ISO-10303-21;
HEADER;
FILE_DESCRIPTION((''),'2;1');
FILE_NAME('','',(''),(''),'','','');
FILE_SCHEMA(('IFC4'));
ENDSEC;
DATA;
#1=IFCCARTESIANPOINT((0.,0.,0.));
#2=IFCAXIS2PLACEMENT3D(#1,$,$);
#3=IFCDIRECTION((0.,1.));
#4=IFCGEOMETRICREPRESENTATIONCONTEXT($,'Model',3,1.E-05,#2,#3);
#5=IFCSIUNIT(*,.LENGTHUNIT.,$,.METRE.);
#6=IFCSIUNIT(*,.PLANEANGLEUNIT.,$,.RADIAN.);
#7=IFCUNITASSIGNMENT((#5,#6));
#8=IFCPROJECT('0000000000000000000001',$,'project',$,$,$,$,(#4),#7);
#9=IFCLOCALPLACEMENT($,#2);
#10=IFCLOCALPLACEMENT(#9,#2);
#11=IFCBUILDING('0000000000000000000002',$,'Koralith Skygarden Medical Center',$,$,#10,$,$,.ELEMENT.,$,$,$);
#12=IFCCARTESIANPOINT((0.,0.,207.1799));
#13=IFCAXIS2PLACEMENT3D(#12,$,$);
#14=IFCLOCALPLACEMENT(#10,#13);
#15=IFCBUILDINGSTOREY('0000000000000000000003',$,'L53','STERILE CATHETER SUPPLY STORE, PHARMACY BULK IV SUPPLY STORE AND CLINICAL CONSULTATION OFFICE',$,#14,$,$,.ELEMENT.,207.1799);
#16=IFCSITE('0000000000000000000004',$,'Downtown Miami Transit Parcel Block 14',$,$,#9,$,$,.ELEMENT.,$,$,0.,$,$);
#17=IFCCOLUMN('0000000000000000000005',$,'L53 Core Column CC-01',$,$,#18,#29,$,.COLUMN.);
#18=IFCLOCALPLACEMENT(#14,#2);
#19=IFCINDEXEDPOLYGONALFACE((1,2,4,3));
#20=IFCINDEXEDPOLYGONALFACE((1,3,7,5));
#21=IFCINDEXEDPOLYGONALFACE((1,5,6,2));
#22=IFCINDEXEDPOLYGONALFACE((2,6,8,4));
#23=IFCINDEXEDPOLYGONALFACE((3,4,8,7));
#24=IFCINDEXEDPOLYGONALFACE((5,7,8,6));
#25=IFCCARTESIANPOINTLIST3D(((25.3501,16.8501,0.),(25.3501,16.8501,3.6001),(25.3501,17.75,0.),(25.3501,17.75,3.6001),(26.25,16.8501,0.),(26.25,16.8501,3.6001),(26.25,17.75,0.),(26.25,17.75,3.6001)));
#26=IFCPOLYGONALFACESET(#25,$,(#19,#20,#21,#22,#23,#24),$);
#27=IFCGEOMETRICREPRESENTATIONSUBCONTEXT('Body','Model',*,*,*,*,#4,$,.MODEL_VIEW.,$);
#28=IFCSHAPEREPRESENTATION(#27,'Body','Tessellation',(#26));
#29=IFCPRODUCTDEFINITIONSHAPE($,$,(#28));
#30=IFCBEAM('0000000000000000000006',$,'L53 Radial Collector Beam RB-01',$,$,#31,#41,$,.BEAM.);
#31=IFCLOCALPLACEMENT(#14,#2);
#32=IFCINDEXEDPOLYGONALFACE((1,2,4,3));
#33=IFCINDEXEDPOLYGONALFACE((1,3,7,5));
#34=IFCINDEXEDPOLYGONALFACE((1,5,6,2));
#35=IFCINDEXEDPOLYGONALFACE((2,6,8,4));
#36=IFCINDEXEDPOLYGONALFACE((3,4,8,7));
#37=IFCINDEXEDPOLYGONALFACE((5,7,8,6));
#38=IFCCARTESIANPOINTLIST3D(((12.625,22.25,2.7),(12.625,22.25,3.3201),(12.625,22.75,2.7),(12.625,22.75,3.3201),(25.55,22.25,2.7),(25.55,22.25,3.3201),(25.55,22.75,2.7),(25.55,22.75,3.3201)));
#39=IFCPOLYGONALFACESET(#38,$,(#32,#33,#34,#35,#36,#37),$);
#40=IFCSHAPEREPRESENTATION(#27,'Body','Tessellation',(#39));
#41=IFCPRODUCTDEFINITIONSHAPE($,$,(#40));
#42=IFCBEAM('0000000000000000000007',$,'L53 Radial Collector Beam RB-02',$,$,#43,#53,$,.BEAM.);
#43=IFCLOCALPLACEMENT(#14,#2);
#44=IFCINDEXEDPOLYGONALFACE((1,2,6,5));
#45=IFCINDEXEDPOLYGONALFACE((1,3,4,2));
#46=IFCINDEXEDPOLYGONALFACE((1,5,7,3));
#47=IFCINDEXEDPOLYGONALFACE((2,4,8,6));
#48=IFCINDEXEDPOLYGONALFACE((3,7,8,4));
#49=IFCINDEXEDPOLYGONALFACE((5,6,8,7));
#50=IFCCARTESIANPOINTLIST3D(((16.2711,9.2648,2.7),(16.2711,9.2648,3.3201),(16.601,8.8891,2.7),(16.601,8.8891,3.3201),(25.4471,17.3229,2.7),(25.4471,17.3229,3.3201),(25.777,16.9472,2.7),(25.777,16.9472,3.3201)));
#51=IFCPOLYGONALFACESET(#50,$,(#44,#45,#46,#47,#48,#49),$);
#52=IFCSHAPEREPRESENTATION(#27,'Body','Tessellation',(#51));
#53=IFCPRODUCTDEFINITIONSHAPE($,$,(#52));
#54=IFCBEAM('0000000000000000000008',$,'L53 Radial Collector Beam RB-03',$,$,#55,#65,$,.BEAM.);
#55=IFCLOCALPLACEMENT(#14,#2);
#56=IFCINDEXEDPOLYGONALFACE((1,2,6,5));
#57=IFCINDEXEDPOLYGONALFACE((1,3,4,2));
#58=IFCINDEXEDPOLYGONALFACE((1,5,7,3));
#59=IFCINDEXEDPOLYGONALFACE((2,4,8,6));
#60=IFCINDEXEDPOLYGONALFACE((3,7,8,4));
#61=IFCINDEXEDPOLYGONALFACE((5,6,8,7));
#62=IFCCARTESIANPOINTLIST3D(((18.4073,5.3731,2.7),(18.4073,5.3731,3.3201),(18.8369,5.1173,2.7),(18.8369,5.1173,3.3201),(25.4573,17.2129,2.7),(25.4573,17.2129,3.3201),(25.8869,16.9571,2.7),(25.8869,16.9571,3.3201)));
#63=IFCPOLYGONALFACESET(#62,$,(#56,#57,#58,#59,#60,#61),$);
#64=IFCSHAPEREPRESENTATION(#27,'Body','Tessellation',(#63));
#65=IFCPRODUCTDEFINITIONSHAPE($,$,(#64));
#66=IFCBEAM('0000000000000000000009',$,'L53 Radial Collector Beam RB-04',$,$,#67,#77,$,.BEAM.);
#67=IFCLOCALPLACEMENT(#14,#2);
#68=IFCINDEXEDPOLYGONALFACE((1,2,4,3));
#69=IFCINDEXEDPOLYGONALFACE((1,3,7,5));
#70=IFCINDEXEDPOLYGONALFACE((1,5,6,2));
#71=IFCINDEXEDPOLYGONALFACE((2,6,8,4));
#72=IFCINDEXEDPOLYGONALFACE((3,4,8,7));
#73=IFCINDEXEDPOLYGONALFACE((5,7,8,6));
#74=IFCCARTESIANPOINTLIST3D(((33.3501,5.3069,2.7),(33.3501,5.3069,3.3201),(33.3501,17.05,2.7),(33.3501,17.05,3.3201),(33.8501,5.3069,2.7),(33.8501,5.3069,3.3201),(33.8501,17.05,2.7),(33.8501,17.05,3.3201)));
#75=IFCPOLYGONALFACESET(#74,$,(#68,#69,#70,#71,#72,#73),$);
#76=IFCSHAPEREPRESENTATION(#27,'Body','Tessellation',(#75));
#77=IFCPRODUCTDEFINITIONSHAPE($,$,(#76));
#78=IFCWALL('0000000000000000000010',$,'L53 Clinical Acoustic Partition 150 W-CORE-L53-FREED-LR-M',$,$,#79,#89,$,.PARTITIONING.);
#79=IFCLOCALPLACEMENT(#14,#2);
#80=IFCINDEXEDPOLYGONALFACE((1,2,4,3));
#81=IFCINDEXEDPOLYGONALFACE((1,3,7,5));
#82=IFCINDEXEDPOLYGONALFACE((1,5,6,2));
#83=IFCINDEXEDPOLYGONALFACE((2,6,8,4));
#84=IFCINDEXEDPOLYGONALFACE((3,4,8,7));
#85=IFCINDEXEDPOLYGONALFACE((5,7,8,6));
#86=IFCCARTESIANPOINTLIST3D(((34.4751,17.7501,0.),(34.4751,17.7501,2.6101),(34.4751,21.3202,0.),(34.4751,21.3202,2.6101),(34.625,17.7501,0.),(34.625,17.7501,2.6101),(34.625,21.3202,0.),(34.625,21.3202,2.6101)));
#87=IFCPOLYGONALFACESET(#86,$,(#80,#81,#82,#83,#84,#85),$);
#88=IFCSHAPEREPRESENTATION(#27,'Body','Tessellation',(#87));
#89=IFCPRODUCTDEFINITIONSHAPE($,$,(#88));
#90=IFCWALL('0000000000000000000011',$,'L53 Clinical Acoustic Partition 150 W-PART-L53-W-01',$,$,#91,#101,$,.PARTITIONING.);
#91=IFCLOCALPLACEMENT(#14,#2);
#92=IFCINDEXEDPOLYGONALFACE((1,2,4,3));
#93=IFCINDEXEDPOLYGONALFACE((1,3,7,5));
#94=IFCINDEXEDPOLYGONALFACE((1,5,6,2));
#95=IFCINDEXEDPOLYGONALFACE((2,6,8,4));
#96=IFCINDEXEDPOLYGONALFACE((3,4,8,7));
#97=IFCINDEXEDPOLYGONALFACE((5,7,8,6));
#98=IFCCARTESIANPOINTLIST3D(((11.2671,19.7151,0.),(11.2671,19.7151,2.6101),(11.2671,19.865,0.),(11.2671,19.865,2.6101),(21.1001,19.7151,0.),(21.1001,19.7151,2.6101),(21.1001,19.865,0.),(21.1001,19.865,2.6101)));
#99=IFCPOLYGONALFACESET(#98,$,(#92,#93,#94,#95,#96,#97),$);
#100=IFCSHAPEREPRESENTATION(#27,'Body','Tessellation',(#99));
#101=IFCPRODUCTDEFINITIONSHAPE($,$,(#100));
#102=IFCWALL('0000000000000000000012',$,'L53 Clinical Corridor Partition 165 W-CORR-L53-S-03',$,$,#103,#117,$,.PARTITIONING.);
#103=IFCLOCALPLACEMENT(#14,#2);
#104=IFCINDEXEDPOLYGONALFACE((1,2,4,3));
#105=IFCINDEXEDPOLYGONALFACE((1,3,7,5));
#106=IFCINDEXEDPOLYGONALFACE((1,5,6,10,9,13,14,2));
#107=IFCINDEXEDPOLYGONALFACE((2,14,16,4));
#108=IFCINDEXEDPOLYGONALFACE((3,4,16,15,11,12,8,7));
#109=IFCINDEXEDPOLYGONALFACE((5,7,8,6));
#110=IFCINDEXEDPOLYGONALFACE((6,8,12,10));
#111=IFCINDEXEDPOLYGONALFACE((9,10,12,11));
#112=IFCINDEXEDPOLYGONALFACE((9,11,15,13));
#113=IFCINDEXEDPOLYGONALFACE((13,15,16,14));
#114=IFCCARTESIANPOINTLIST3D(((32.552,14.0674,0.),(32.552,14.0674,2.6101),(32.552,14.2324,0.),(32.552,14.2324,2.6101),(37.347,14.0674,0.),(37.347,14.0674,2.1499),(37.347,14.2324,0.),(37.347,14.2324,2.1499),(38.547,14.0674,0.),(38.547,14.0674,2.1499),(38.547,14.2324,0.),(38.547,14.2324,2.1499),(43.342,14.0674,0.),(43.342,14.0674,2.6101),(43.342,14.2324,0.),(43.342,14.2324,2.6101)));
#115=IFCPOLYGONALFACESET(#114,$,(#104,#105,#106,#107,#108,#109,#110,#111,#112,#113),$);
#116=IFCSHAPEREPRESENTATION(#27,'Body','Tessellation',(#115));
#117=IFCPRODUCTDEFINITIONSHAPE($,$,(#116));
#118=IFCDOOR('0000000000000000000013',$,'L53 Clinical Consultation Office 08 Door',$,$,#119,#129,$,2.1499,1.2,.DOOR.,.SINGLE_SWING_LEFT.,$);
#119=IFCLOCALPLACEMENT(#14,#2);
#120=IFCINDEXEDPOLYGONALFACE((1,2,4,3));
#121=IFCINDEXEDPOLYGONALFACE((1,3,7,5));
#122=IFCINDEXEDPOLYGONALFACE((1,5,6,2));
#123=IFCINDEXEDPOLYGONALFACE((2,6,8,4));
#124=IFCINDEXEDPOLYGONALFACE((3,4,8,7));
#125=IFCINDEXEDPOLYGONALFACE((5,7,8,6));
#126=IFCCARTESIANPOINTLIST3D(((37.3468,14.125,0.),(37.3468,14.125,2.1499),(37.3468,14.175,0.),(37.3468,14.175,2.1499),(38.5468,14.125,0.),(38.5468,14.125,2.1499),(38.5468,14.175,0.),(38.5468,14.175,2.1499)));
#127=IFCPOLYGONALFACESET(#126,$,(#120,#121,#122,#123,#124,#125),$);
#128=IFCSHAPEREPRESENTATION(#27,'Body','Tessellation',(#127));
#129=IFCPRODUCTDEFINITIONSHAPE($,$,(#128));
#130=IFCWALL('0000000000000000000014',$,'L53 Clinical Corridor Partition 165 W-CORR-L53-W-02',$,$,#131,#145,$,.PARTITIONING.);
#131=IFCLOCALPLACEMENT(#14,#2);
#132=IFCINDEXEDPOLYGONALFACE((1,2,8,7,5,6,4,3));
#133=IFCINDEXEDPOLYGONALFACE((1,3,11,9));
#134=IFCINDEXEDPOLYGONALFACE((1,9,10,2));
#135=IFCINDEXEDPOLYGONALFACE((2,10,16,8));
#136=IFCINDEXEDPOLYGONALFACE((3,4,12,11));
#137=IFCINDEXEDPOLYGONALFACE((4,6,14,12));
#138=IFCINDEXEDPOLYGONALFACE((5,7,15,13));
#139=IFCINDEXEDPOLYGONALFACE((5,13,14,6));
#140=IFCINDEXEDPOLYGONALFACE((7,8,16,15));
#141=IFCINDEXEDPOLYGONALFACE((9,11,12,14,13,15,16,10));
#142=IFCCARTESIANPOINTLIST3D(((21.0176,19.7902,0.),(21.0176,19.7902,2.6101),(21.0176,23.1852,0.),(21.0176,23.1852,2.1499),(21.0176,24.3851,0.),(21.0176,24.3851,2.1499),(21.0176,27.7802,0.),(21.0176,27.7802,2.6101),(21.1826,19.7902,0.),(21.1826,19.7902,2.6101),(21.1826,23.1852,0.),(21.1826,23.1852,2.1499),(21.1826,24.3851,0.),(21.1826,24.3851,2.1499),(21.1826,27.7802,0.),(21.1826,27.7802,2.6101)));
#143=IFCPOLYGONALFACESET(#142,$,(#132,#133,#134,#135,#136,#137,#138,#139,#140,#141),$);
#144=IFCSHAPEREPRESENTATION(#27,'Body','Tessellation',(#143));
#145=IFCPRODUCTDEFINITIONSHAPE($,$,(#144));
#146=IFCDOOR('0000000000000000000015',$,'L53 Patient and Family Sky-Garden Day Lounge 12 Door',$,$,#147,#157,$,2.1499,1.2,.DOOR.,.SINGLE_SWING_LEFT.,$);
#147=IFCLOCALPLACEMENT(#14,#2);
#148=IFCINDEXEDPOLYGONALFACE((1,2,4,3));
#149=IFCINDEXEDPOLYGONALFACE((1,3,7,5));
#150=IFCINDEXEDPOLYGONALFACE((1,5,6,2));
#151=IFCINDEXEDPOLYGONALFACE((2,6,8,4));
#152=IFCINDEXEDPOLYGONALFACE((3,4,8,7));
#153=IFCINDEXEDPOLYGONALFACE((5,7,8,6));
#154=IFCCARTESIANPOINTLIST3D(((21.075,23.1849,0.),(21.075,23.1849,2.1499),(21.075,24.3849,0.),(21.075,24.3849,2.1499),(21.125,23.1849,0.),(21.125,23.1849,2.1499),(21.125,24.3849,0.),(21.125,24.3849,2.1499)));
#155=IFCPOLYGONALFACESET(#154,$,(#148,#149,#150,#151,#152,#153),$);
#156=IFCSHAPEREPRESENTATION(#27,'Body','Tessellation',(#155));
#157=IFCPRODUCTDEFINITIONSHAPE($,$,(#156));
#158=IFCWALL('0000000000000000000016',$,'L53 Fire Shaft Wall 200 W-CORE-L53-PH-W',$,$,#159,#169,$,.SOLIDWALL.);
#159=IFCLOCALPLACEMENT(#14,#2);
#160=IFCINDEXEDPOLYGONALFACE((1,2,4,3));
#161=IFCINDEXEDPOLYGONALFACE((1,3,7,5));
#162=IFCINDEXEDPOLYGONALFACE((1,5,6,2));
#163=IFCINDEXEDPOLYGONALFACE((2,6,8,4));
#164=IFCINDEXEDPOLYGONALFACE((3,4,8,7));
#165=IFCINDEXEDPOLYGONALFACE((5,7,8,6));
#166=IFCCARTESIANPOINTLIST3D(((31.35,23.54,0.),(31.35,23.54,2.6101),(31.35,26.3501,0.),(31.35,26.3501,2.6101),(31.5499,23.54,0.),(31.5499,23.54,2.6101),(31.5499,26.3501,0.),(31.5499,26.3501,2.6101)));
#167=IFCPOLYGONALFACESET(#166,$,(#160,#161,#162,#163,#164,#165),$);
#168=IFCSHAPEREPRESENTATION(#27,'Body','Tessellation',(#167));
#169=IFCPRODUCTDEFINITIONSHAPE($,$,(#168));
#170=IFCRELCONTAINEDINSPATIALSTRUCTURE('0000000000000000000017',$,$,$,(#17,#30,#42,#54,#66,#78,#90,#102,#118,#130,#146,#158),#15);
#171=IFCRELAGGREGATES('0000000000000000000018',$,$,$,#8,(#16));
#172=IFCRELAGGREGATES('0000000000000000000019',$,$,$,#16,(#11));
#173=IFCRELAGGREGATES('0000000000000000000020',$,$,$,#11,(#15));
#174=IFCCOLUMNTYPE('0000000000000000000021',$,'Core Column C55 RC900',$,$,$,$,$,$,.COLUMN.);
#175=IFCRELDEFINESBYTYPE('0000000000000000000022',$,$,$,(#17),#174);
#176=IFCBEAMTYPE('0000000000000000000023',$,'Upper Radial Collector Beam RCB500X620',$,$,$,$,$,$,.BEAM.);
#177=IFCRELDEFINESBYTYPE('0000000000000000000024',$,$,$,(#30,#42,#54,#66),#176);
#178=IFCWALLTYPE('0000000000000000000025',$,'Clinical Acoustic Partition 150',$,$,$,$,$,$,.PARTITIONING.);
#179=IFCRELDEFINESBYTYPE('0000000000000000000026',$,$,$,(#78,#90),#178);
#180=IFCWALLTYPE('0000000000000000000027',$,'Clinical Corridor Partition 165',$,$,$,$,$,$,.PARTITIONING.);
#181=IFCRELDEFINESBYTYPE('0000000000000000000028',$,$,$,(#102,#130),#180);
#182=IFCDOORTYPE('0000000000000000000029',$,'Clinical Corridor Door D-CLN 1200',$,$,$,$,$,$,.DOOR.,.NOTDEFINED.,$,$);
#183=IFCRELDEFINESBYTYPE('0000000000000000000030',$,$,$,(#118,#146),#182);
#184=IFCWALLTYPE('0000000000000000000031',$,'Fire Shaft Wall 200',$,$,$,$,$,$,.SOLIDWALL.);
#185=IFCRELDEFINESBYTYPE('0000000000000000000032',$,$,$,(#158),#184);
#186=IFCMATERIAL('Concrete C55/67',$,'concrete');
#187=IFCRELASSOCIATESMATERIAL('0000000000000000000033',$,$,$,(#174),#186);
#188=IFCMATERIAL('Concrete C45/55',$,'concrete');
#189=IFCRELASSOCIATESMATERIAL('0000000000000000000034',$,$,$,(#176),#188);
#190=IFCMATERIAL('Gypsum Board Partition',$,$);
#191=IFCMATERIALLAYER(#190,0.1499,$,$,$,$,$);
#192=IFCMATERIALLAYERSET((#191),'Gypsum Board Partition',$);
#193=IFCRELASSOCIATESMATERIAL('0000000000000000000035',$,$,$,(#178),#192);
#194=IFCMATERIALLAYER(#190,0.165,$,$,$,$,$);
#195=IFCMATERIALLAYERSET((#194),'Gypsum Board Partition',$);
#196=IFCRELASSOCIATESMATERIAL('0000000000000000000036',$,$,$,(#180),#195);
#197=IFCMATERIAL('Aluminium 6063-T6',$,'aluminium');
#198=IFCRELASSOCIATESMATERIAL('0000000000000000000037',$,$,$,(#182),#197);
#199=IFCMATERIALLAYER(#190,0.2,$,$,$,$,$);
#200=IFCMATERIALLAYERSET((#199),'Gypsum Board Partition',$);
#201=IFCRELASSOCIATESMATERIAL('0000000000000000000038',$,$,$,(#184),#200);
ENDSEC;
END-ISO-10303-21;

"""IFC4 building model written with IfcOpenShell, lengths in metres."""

from ifc_helpers import new_model, si_unit, direction, frame, frame_2d, origin, origin_2d, place, context, subcontext, project, spatial, rectangle, extrude, material, layer, layer_set, material_profile, profile_set, type_object, element, fill, save


model = new_model("IFC4")

# Units and contexts
model_context = context("Model", 3, precision=1e-05, world=origin(), true_north=direction((0.0, 1.0)))
body_context = subcontext(model_context, "Body", "Model", "MODEL_VIEW")
ifc_project = project(units=[si_unit("LENGTHUNIT", "METRE"), si_unit("PLANEANGLEUNIT", "RADIAN")], contexts=[model_context])

# Site, building, storey
site_placement = place(None, origin())
site = spatial("IfcSite", under=ifc_project, at=site_placement, Name="Downtown Miami Transit Parcel Block 14", CompositionType="ELEMENT", RefElevation=0.0)
building_placement = place(site_placement, origin())
building = spatial("IfcBuilding", under=site, at=building_placement, Name="Koralith Skygarden Medical Center", CompositionType="ELEMENT")
storey_placement = place(building_placement, frame((0.0, 0.0, 207.1799)))
storey = spatial("IfcBuildingStorey", under=building, at=storey_placement, Name="L53", Description="STERILE CATHETER SUPPLY STORE, PHARMACY BULK IV SUPPLY STORE AND CLINICAL CONSULTATION OFFICE", CompositionType="ELEMENT", Elevation=207.1799)

# Column
ifc_material_1 = material(Name="Concrete C55/67", Category="concrete")
ifc_material_profile_1 = material_profile(ifc_material_1, rectangle(XDim=0.8999, YDim=0.8999, at=origin_2d()), Name="RC900X900")
ifc_profile_set_1 = profile_set([ifc_material_profile_1], Name="Concrete C55/67")
column_type = type_object("IfcColumnType", Name="Core Column C55 RC900", PredefinedType="COLUMN", material=ifc_profile_set_1)
column_placement = place(storey_placement, frame((25.8, 17.3, 0.0), z_axis=(0.0, 0.0, 1.0), x_axis=(1.0, 0.0, 0.0)))
element("IfcColumn", 1, at=column_placement, inside=storey, type_object=column_type, Name="L53 Core Column CC-01", PredefinedType="COLUMN", context=body_context, shape_type="SweptSolid", body=[
    extrude(rectangle(XDim=0.8999, YDim=0.8999, at=origin_2d()), origin(), (0.0, 0.0, 1.0), 3.6001),
])

# Beams
ifc_material_2 = material(Name="Concrete C45/55", Category="concrete")
ifc_material_profile_2 = material_profile(ifc_material_2, rectangle(XDim=0.5, YDim=0.6201, at=origin_2d()), Name="RCB500X620")
ifc_profile_set_2 = profile_set([ifc_material_profile_2], Name="Concrete C45/55")
beam_type = type_object("IfcBeamType", Name="Upper Radial Collector Beam RCB500X620", PredefinedType="BEAM", material=ifc_profile_set_2)
beam_1_placement = place(storey_placement, frame((25.55, 22.5, 3.01), z_axis=(-1.0, 0.0, 0.0), x_axis=(0.0, -1.0, 0.0)))
element("IfcBeam", 2, at=beam_1_placement, inside=storey, type_object=beam_type, Name="L53 Radial Collector Beam RB-01", PredefinedType="BEAM", context=body_context, shape_type="SweptSolid", body=[
    extrude(rectangle(XDim=0.5, YDim=0.6201, at=origin_2d()), origin(), (0.0, 0.0, 1.0), 12.925),
])
beam_2_placement = place(storey_placement, frame((25.6121, 17.135, 3.01), z_axis=(-0.751395, -0.659852, 0.0), x_axis=(0.659852, -0.751395, 0.0)))
element("IfcBeam", 3, at=beam_2_placement, inside=storey, type_object=beam_type, Name="L53 Radial Collector Beam RB-02", PredefinedType="BEAM", context=body_context, shape_type="SweptSolid", body=[
    extrude(rectangle(XDim=0.5, YDim=0.6201, at=origin_2d()), origin(), (0.0, 0.0, 1.0), 12.2119),
])
beam_3_placement = place(storey_placement, frame((25.6721, 17.085, 3.01), z_axis=(-0.511619, -0.859212, 0.0), x_axis=(0.859212, -0.511619, 0.0)))
element("IfcBeam", 4, at=beam_3_placement, inside=storey, type_object=beam_type, Name="L53 Radial Collector Beam RB-03", PredefinedType="BEAM", context=body_context, shape_type="SweptSolid", body=[
    extrude(rectangle(XDim=0.5, YDim=0.6201, at=origin_2d()), origin(), (0.0, 0.0, 1.0), 13.7798),
])
beam_4_placement = place(storey_placement, frame((33.6001, 17.05, 3.01), z_axis=(0.0, -1.0, 0.0), x_axis=(1.0, 0.0, 0.0)))
element("IfcBeam", 5, at=beam_4_placement, inside=storey, type_object=beam_type, Name="L53 Radial Collector Beam RB-04", PredefinedType="BEAM", context=body_context, shape_type="SweptSolid", body=[
    extrude(rectangle(XDim=0.5, YDim=0.6201, at=origin_2d()), origin(), (0.0, 0.0, 1.0), 11.7432),
])

# Shared definitions
ifc_material_3 = material(Name="Gypsum Board Partition")
ifc_layer_1 = layer(ifc_material_3, 0.1499)
ifc_layer_set_1 = layer_set([ifc_layer_1], Name="Gypsum Board Partition")
wall_type_1 = type_object("IfcWallType", Name="Clinical Acoustic Partition 150", PredefinedType="PARTITIONING", material=ifc_layer_set_1)
ifc_material_4 = material(Name="Aluminium 6063-T6", Category="aluminium")

# Walls
wall_1_placement = place(storey_placement, frame((34.55, 17.75, 0.0), z_axis=(0.0, 0.0, 1.0), x_axis=(0.0, 1.0, 0.0)))
element("IfcWall", 6, at=wall_1_placement, inside=storey, type_object=wall_type_1, Name="L53 Clinical Acoustic Partition 150 W-CORE-L53-FREED-LR-M", PredefinedType="PARTITIONING", context=body_context, shape_type="SweptSolid", body=[
    extrude(rectangle(XDim=3.5701, YDim=0.1499, at=frame_2d((1.7852, 0.0))), origin(), (0.0, 0.0, 1.0), 2.6101),
])
wall_2_placement = place(storey_placement, frame((21.1001, 19.79, 0.0), z_axis=(0.0, 0.0, 1.0), x_axis=(-1.0, 0.0, 0.0)))
element("IfcWall", 7, at=wall_2_placement, inside=storey, type_object=wall_type_1, Name="L53 Clinical Acoustic Partition 150 W-PART-L53-W-01", PredefinedType="PARTITIONING", context=body_context, shape_type="SweptSolid", body=[
    extrude(rectangle(XDim=9.833, YDim=0.1499, at=frame_2d((4.9165, 0.0))), origin(), (0.0, 0.0, 1.0), 2.6101),
])

# Walls, openings, doors
ifc_layer_2 = layer(ifc_material_3, 0.165)
ifc_layer_set_2 = layer_set([ifc_layer_2], Name="Gypsum Board Partition")
wall_type_2 = type_object("IfcWallType", Name="Clinical Corridor Partition 165", PredefinedType="PARTITIONING", material=ifc_layer_set_2)
wall_3_placement = place(storey_placement, frame((32.552, 14.1499, 0.0), z_axis=(0.0, 0.0, 1.0), x_axis=(1.0, 0.0, 0.0)))
wall_3 = element("IfcWall", 8, at=wall_3_placement, inside=storey, type_object=wall_type_2, Name="L53 Clinical Corridor Partition 165 W-CORR-L53-S-03", PredefinedType="PARTITIONING", context=body_context, shape_type="SweptSolid", body=[
    extrude(rectangle(XDim=10.79, YDim=0.165, at=frame_2d((5.395, 0.0))), origin(), (0.0, 0.0, 1.0), 2.6101),
])
opening_1_placement = place(wall_3_placement, frame((4.7949, 0.0, 0.0)))
opening_1 = element("IfcOpeningElement", 9, at=opening_1_placement, cuts=wall_3, PredefinedType="OPENING", context=body_context, shape_type="SweptSolid", body=[
    extrude(rectangle(XDim=1.2, YDim=2.1499, at=frame_2d((0.6001, 1.075))), frame((0.0, 0.0925, 0.0), z_axis=(0.0, -1.0, 0.0), x_axis=(1.0, 0.0, 0.0)), (0.0, 0.0, 1.0), 0.1851),
])
door_type_1 = type_object("IfcDoorType", Name="Clinical Corridor Door D-CLN 1200", OperationType="NOTDEFINED", PredefinedType="DOOR", material=ifc_material_4)
door_1_placement = place(opening_1_placement, frame((1.2, 0.0, 0.0), z_axis=(0.0, 0.0, 1.0), x_axis=(-1.0, 0.0, 0.0)))
door_1 = element("IfcDoor", 10, at=door_1_placement, inside=storey, type_object=door_type_1, Name="L53 Clinical Consultation Office 08 Door", OperationType="SINGLE_SWING_LEFT", OverallHeight=2.1499, OverallWidth=1.2, PredefinedType="DOOR", context=body_context, shape_type="SweptSolid", body=[
    extrude(rectangle(XDim=1.2, YDim=2.1499, at=frame_2d((0.6001, 1.075))), frame((0.0, 0.0249, 0.0), z_axis=(0.0, -1.0, 0.0), x_axis=(1.0, 0.0, 0.0)), (0.0, 0.0, 1.0), 0.05),
])
fill(opening_1, door_1)
wall_4_placement = place(storey_placement, frame((21.1001, 19.79, 0.0), z_axis=(0.0, 0.0, 1.0), x_axis=(0.0, 1.0, 0.0)))
wall_4 = element("IfcWall", 11, at=wall_4_placement, inside=storey, type_object=wall_type_2, Name="L53 Clinical Corridor Partition 165 W-CORR-L53-W-02", PredefinedType="PARTITIONING", context=body_context, shape_type="SweptSolid", body=[
    extrude(rectangle(XDim=7.99, YDim=0.165, at=frame_2d((3.9951, 0.0))), origin(), (0.0, 0.0, 1.0), 2.6101),
])
opening_2_placement = place(wall_4_placement, frame((3.395, 0.0, 0.0)))
opening_2 = element("IfcOpeningElement", 12, at=opening_2_placement, cuts=wall_4, PredefinedType="OPENING", context=body_context, shape_type="SweptSolid", body=[
    extrude(rectangle(XDim=1.2, YDim=2.1499, at=frame_2d((0.6001, 1.075))), frame((0.0, 0.0925, 0.0), z_axis=(0.0, -1.0, 0.0), x_axis=(1.0, 0.0, 0.0)), (0.0, 0.0, 1.0), 0.1851),
])
door_2_placement = place(opening_2_placement, frame((1.2, 0.0, 0.0), z_axis=(0.0, 0.0, 1.0), x_axis=(-1.0, 0.0, 0.0)))
door_2 = element("IfcDoor", 13, at=door_2_placement, inside=storey, type_object=door_type_1, Name="L53 Patient and Family Sky-Garden Day Lounge 12 Door", OperationType="SINGLE_SWING_LEFT", OverallHeight=2.1499, OverallWidth=1.2, PredefinedType="DOOR", context=body_context, shape_type="SweptSolid", body=[
    extrude(rectangle(XDim=1.2, YDim=2.1499, at=frame_2d((0.6001, 1.075))), frame((0.0, 0.0249, 0.0), z_axis=(0.0, -1.0, 0.0), x_axis=(1.0, 0.0, 0.0)), (0.0, 0.0, 1.0), 0.05),
])
fill(opening_2, door_2)
ifc_layer_3 = layer(ifc_material_3, 0.2)
ifc_layer_set_3 = layer_set([ifc_layer_3], Name="Gypsum Board Partition")
wall_type_3 = type_object("IfcWallType", Name="Fire Shaft Wall 200", PredefinedType="SOLIDWALL", material=ifc_layer_set_3)

# Wall
wall_5_placement = place(storey_placement, frame((31.45, 23.54, 0.0), z_axis=(0.0, 0.0, 1.0), x_axis=(0.0, 1.0, 0.0)))
element("IfcWall", 14, at=wall_5_placement, inside=storey, type_object=wall_type_3, Name="L53 Fire Shaft Wall 200 W-CORE-L53-PH-W", PredefinedType="SOLIDWALL", context=body_context, shape_type="SweptSolid", body=[
    extrude(rectangle(XDim=2.8101, YDim=0.2, at=frame_2d((1.405, 0.0))), origin(), (0.0, 0.0, 1.0), 2.6101),
])

save(model, "model.ifc")
